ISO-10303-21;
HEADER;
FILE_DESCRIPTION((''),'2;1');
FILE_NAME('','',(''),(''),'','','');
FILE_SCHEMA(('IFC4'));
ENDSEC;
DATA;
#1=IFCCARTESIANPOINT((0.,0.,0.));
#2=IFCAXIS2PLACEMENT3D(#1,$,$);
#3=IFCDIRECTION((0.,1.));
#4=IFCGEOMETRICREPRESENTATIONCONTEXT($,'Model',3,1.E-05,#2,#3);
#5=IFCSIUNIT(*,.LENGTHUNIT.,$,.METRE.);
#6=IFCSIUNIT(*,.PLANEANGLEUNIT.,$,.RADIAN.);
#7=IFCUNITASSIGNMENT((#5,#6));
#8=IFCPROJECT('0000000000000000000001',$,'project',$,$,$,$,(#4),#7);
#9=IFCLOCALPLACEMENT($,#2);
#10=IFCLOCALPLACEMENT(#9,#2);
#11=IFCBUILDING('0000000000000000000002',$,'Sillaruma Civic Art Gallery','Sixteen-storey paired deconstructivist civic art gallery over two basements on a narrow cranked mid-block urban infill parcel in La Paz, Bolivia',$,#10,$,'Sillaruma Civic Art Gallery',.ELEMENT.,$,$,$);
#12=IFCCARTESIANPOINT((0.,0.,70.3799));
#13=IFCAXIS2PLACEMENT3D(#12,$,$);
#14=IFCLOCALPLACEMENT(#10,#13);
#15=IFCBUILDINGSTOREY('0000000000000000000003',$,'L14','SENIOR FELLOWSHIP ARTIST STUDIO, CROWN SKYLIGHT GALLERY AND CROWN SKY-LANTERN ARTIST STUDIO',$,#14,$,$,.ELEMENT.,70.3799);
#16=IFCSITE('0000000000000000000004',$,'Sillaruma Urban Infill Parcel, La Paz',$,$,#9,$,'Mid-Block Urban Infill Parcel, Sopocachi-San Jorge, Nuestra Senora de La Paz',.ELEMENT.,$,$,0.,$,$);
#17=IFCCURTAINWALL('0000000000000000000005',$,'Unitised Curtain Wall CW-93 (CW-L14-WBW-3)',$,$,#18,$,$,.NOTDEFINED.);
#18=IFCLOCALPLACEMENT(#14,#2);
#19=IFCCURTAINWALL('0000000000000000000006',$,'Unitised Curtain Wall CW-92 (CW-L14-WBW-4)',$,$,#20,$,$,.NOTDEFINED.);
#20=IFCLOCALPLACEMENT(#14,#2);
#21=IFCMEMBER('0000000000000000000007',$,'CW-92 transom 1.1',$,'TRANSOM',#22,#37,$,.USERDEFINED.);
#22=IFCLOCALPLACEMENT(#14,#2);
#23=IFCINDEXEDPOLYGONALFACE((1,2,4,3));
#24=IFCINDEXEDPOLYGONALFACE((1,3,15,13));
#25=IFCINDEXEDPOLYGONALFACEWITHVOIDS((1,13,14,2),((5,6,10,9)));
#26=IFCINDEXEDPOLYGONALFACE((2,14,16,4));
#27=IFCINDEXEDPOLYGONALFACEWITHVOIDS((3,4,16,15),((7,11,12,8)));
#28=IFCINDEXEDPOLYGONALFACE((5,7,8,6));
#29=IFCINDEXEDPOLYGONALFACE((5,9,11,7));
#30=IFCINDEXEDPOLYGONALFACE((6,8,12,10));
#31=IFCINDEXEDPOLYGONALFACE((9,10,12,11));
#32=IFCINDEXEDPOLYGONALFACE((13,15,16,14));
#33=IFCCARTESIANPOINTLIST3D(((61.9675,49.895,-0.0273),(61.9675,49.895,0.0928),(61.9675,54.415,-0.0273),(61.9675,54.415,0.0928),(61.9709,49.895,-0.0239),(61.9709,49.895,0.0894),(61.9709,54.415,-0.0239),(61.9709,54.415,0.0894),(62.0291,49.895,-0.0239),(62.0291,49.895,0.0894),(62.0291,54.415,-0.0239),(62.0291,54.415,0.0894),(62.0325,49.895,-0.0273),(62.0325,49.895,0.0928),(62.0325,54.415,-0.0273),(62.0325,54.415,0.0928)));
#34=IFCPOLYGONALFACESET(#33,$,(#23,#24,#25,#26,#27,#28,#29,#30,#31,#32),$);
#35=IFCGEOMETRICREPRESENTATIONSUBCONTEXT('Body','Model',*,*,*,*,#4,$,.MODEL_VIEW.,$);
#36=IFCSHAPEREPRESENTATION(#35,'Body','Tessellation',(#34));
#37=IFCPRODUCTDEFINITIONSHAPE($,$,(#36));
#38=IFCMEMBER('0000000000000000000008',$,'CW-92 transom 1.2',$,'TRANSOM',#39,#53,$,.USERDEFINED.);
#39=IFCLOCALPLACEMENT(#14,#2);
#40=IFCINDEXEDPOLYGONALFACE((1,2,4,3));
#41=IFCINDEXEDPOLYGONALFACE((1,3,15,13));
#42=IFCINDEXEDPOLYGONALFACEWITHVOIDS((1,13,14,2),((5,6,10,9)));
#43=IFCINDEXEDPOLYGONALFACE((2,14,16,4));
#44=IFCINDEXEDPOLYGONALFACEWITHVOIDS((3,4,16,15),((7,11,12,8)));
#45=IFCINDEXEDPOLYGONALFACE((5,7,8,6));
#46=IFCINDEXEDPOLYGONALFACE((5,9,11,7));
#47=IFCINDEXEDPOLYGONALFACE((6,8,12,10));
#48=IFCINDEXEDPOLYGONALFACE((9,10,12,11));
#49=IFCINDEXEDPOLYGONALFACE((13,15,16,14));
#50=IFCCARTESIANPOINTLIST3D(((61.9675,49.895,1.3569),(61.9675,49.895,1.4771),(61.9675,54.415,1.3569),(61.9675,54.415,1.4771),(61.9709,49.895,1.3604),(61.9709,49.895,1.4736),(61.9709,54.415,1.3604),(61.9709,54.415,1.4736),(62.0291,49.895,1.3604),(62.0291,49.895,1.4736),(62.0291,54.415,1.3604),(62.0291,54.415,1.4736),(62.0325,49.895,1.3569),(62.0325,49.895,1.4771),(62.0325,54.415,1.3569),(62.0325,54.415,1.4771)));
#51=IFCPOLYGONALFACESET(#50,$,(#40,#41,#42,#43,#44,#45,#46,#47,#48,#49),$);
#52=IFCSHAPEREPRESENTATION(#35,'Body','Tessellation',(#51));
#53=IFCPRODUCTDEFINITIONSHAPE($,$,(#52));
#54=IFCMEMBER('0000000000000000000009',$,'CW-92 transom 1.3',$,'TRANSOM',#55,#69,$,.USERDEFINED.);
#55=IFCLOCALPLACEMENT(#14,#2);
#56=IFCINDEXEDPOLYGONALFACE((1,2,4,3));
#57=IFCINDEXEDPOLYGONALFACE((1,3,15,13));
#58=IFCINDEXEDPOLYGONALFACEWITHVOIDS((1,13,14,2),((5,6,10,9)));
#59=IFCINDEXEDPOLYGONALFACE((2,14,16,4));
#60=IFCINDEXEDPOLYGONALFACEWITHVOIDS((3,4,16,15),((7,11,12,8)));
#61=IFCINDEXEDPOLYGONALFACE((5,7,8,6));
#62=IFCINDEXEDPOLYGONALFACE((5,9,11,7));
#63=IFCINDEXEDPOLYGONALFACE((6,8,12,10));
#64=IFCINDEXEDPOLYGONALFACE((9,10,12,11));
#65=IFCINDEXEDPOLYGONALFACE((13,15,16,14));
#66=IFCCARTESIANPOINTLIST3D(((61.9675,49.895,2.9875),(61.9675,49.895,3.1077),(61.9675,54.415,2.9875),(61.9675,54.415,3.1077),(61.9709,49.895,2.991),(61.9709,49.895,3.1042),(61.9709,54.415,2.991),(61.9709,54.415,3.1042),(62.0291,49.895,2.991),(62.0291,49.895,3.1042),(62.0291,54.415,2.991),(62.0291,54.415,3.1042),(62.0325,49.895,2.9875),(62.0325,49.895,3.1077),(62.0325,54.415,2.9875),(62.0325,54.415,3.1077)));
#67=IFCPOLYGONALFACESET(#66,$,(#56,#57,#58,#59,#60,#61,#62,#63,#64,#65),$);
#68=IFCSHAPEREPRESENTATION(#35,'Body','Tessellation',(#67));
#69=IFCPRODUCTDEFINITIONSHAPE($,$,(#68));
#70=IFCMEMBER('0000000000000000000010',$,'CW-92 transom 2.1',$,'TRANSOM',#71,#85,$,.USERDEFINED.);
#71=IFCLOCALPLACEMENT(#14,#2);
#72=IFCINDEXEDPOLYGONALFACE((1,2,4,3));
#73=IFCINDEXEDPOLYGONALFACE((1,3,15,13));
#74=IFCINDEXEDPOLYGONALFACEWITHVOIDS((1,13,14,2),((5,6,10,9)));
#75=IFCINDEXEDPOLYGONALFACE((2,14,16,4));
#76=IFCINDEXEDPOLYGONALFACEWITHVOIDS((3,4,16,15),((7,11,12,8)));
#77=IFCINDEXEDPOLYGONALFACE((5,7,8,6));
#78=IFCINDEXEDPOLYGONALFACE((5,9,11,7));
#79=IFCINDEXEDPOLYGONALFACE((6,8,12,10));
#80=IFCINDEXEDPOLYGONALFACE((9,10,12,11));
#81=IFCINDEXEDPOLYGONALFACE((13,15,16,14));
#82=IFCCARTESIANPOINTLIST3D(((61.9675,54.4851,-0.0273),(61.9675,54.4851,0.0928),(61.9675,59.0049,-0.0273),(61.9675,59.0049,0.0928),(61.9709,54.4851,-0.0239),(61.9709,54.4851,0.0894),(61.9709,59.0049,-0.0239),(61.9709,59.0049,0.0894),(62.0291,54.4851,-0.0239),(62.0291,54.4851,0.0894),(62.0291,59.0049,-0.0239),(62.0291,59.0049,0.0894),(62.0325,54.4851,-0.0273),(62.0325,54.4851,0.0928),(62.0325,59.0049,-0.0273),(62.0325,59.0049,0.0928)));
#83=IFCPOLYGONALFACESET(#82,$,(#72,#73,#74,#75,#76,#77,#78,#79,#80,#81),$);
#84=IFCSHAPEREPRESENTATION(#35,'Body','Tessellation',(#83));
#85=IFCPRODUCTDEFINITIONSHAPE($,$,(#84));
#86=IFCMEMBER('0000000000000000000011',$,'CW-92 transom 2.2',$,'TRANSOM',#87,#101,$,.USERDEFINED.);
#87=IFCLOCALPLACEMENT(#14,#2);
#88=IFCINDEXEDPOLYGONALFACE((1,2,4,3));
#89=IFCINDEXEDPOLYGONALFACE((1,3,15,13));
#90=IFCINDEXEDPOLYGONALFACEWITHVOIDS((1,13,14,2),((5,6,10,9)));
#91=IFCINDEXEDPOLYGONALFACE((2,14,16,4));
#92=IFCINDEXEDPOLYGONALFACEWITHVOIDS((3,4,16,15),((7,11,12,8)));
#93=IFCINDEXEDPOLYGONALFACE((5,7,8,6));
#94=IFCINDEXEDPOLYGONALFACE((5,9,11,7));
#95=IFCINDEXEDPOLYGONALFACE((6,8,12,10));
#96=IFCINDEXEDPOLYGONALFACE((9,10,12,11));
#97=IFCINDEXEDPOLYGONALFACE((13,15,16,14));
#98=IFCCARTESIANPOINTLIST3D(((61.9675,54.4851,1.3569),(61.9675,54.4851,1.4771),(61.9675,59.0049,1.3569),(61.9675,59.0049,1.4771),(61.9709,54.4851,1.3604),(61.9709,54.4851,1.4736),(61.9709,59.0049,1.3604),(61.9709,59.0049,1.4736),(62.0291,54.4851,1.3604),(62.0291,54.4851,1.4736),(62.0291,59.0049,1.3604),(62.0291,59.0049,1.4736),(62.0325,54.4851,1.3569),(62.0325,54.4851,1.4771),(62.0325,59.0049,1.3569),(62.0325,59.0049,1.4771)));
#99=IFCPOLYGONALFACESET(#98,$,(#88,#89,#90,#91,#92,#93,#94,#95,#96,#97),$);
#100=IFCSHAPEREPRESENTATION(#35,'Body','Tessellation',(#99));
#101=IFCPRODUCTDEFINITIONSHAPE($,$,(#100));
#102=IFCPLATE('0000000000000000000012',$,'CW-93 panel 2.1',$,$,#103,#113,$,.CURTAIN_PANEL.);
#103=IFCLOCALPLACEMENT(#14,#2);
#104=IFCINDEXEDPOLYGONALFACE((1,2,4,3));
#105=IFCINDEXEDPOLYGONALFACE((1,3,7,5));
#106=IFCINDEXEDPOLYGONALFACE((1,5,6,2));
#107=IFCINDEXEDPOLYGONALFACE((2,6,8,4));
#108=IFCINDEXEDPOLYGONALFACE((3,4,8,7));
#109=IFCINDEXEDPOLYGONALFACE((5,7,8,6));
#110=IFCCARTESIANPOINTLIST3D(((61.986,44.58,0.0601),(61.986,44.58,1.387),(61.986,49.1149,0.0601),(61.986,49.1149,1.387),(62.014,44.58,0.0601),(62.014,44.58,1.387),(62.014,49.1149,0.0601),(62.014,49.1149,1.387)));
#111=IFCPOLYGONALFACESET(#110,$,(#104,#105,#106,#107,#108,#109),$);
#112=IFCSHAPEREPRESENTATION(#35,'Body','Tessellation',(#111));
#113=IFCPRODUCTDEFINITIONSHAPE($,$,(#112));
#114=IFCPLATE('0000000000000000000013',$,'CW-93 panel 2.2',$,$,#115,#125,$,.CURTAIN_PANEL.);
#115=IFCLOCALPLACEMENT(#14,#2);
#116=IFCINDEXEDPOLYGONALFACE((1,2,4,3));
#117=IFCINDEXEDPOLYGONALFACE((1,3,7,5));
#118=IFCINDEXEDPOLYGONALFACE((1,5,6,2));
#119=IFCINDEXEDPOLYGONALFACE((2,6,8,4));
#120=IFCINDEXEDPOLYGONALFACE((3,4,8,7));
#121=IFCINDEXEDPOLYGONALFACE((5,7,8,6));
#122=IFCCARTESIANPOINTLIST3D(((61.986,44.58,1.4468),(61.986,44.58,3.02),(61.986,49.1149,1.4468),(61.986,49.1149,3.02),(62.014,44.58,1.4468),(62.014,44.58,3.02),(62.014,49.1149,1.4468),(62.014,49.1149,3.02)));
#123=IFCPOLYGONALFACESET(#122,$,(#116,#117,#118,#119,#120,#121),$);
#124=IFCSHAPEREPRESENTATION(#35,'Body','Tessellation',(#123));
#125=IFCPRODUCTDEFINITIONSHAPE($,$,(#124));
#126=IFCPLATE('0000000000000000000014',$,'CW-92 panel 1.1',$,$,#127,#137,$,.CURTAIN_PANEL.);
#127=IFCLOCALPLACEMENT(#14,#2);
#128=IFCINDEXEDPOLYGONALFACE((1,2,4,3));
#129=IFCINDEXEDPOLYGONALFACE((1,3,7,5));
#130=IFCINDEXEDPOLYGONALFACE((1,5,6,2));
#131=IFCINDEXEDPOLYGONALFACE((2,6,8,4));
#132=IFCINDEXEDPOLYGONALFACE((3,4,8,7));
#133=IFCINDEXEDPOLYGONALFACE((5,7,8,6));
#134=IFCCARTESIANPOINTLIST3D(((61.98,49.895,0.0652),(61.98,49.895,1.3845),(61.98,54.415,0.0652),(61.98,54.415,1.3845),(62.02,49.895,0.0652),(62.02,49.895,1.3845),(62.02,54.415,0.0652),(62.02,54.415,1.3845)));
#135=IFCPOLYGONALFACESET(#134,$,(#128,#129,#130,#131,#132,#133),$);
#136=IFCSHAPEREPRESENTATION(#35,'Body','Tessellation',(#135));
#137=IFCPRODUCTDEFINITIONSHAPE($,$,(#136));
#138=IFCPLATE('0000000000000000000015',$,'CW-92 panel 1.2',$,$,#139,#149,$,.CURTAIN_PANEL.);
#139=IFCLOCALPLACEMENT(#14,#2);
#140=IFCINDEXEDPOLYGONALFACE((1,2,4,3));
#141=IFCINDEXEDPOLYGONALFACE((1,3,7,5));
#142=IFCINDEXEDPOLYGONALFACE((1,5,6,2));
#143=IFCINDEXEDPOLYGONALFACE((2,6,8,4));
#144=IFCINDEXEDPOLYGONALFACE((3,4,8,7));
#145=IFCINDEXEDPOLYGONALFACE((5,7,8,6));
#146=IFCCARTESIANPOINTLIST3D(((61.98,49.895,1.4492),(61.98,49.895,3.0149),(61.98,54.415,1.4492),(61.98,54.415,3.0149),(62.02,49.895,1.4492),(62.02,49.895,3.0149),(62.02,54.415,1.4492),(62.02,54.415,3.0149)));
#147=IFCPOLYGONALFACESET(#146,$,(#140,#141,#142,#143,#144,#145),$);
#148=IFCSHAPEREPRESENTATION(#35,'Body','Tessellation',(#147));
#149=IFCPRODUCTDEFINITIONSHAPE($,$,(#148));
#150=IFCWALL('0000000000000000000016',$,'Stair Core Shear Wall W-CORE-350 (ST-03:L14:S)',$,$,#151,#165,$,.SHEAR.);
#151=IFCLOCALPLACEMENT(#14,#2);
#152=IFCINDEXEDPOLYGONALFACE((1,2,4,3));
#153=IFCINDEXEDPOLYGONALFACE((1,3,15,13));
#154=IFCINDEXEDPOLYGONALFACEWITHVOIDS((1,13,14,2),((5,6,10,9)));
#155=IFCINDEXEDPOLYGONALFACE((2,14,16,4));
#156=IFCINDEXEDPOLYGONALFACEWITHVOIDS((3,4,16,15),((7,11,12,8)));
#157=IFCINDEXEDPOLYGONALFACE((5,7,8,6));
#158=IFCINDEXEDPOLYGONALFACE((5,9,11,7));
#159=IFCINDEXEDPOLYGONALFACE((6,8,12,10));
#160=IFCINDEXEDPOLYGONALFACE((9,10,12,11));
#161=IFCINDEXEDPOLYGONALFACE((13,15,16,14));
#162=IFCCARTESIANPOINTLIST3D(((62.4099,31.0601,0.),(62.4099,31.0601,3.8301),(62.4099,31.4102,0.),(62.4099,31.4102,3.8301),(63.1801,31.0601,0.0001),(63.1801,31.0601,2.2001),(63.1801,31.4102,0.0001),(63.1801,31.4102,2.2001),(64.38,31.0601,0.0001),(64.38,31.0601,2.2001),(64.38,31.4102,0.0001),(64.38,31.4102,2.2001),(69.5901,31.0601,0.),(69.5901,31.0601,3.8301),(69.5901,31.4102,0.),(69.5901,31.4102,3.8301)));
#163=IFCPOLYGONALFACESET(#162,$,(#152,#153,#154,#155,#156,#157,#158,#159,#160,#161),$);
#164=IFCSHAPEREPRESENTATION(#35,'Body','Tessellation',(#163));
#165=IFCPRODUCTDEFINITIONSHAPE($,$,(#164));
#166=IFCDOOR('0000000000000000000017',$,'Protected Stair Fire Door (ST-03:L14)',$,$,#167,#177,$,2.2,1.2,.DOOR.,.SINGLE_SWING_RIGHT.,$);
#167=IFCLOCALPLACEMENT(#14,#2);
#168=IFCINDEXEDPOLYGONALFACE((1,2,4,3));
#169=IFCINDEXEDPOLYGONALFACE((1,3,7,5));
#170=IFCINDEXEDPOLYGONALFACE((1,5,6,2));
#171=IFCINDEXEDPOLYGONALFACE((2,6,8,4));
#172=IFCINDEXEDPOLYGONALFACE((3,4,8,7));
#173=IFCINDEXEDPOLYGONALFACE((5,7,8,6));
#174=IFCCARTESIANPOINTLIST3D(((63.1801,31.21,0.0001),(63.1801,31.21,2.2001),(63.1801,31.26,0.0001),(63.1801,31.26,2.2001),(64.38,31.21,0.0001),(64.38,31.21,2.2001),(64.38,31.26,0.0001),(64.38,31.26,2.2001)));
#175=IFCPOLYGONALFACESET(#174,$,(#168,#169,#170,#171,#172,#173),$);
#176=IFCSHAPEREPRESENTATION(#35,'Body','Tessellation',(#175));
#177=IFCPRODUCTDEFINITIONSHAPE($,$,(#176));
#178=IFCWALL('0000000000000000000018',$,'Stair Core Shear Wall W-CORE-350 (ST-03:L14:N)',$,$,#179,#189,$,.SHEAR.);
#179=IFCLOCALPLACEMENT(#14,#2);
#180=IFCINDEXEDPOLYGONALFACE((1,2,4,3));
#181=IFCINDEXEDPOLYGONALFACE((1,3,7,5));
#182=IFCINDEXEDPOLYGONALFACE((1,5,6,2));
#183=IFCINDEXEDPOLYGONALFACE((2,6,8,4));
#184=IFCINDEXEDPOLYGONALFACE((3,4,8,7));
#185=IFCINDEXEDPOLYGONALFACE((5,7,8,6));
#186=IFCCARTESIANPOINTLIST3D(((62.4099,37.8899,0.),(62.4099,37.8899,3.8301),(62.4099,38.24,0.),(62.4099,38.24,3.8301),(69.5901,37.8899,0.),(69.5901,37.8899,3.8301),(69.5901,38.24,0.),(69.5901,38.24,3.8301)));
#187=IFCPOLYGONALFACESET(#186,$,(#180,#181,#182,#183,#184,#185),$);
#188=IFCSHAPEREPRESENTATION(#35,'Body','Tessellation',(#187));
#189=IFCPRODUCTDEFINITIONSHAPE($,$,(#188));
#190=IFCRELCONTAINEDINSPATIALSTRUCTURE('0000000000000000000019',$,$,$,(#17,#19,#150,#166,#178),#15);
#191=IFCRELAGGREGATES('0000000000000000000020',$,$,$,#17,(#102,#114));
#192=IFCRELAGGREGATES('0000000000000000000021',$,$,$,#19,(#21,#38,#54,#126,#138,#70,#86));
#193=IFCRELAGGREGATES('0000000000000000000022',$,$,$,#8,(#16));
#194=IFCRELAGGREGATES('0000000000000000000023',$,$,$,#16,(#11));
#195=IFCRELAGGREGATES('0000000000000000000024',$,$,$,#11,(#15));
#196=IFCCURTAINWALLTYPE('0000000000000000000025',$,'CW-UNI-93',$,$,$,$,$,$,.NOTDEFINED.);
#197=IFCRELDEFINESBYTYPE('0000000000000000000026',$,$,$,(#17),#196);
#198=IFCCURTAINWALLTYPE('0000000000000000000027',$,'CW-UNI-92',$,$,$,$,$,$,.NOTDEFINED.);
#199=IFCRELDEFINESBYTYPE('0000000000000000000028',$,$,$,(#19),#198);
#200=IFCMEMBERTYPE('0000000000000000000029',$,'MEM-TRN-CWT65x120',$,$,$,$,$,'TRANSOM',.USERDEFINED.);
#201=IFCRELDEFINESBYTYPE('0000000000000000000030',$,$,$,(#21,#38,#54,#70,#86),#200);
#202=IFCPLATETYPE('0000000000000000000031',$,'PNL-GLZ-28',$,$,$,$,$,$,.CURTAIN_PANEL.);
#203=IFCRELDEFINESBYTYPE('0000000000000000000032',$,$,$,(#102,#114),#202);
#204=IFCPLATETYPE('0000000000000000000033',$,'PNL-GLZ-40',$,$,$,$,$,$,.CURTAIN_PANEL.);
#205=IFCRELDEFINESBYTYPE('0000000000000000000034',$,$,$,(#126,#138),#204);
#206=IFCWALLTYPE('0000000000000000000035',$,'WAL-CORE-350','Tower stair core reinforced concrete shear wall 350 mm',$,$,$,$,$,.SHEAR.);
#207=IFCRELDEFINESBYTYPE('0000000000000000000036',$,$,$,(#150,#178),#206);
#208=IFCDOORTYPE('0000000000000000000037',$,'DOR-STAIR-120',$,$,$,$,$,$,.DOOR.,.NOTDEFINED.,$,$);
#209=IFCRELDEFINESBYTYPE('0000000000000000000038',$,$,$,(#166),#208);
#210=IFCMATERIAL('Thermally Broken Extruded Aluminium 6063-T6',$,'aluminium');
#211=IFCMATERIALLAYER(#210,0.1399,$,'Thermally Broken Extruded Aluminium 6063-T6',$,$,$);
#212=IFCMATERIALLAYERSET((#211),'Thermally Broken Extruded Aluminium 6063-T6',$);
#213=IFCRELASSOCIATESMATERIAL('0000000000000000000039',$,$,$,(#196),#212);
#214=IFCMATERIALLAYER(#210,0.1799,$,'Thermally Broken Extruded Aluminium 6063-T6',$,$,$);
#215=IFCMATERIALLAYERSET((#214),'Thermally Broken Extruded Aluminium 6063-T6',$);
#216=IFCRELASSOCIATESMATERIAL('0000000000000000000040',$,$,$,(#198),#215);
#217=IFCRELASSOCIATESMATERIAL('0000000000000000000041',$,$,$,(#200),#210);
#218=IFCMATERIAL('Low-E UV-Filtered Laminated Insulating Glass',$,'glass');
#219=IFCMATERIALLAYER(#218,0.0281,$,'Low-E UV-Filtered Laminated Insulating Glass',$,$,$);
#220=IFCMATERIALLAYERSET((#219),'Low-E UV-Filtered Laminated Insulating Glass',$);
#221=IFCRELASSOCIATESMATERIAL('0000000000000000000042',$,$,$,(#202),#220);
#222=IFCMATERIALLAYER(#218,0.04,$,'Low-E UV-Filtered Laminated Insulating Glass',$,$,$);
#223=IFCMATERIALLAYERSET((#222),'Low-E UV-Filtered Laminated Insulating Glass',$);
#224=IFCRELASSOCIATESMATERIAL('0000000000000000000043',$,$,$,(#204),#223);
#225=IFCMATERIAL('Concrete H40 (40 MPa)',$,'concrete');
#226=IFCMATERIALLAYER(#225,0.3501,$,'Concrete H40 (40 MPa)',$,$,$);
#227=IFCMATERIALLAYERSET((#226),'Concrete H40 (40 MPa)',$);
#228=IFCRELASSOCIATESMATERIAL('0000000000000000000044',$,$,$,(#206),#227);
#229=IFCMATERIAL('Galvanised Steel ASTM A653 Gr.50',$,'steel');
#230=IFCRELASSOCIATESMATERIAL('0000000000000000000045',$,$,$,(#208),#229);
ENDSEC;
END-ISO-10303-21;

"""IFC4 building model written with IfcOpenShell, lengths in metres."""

from ifc_helpers import new_model, si_unit, direction, frame, frame_2d, origin, origin_2d, place, context, subcontext, project, spatial, rectangle, hollow_rectangle, extrude, material, layer, layer_set, material_profile, profile_set, type_object, element, fill, aggregate, save


model = new_model("IFC4")

# Units and contexts
model_context = context("Model", 3, precision=1e-05, world=origin(), true_north=direction((0.0, 1.0)))
body_context = subcontext(model_context, "Body", "Model", "MODEL_VIEW")
ifc_project = project(units=[si_unit("LENGTHUNIT", "METRE"), si_unit("PLANEANGLEUNIT", "RADIAN")], contexts=[model_context])

# Site, building, storey
site_placement = place(None, origin())
site = spatial("IfcSite", under=ifc_project, at=site_placement, Name="Sillaruma Urban Infill Parcel, La Paz", LongName="Mid-Block Urban Infill Parcel, Sopocachi-San Jorge, Nuestra Senora de La Paz", CompositionType="ELEMENT", RefElevation=0.0)
building_placement = place(site_placement, origin())
building = spatial("IfcBuilding", under=site, at=building_placement, Name="Sillaruma Civic Art Gallery", Description="Sixteen-storey paired deconstructivist civic art gallery over two basements on a narrow cranked mid-block urban infill parcel in La Paz, Bolivia", LongName="Sillaruma Civic Art Gallery", CompositionType="ELEMENT")
storey_placement = place(building_placement, frame((0.0, 0.0, 70.3799)))
storey = spatial("IfcBuildingStorey", under=building, at=storey_placement, Name="L14", Description="SENIOR FELLOWSHIP ARTIST STUDIO, CROWN SKYLIGHT GALLERY AND CROWN SKY-LANTERN ARTIST STUDIO", CompositionType="ELEMENT", Elevation=70.3799)

# Shared definitions
ifc_material_1 = material(Name="Concrete H40 (40 MPa)", Category="concrete")

# Curtain wall
ifc_material_2 = material(Name="Thermally Broken Extruded Aluminium 6063-T6", Category="aluminium")
ifc_layer_1 = layer(ifc_material_2, 0.1399, Name="Thermally Broken Extruded Aluminium 6063-T6")
ifc_layer_set_1 = layer_set([ifc_layer_1], Name="Thermally Broken Extruded Aluminium 6063-T6")
curtain_wall_type_1 = type_object("IfcCurtainWallType", Name="CW-UNI-93", PredefinedType="NOTDEFINED", material=ifc_layer_set_1)
curtain_wall_1_placement = place(storey_placement, origin())
curtain_wall_1 = element("IfcCurtainWall", 1, at=curtain_wall_1_placement, inside=storey, type_object=curtain_wall_type_1, Name="Unitised Curtain Wall CW-93 (CW-L14-WBW-3)", PredefinedType="NOTDEFINED")

# Curtain wall
ifc_layer_2 = layer(ifc_material_2, 0.1799, Name="Thermally Broken Extruded Aluminium 6063-T6")
ifc_layer_set_2 = layer_set([ifc_layer_2], Name="Thermally Broken Extruded Aluminium 6063-T6")
curtain_wall_type_2 = type_object("IfcCurtainWallType", Name="CW-UNI-92", PredefinedType="NOTDEFINED", material=ifc_layer_set_2)
curtain_wall_2_placement = place(storey_placement, origin())
curtain_wall_2 = element("IfcCurtainWall", 2, at=curtain_wall_2_placement, inside=storey, type_object=curtain_wall_type_2, Name="Unitised Curtain Wall CW-92 (CW-L14-WBW-4)", PredefinedType="NOTDEFINED")

# Members
ifc_material_profile_1 = material_profile(ifc_material_2, hollow_rectangle(XDim=0.0649, YDim=0.1201, WallThickness=0.0034, at=origin_2d()), Name="CWT65x120")
ifc_profile_set_1 = profile_set([ifc_material_profile_1], Name="Thermally Broken Extruded Aluminium 6063-T6")
member_type_1 = type_object("IfcMemberType", Name="MEM-TRN-CWT65x120", ElementType="TRANSOM", PredefinedType="USERDEFINED", material=ifc_profile_set_1)
member_1_placement = place(storey_placement, frame((62.0, 49.895, 0.0327), z_axis=(0.0, 1.0, 0.0), x_axis=(-1.0, 0.0, 0.0)))
member_1 = element("IfcMember", 3, at=member_1_placement, type_object=member_type_1, Name="CW-92 transom 1.1", ObjectType="TRANSOM", PredefinedType="USERDEFINED", context=body_context, shape_type="SweptSolid", body=[
    extrude(hollow_rectangle(XDim=0.0649, YDim=0.1201, WallThickness=0.0034, at=origin_2d()), origin(), (0.0, 0.0, 1.0), 4.52),
])
member_2_placement = place(storey_placement, frame((62.0, 49.895, 1.417), z_axis=(0.0, 1.0, 0.0), x_axis=(-1.0, 0.0, 0.0)))
member_2 = element("IfcMember", 4, at=member_2_placement, type_object=member_type_1, Name="CW-92 transom 1.2", ObjectType="TRANSOM", PredefinedType="USERDEFINED", context=body_context, shape_type="SweptSolid", body=[
    extrude(hollow_rectangle(XDim=0.0649, YDim=0.1201, WallThickness=0.0034, at=origin_2d()), origin(), (0.0, 0.0, 1.0), 4.52),
])
member_3_placement = place(storey_placement, frame((62.0, 49.895, 3.0476), z_axis=(0.0, 1.0, 0.0), x_axis=(-1.0, 0.0, 0.0)))
member_3 = element("IfcMember", 5, at=member_3_placement, type_object=member_type_1, Name="CW-92 transom 1.3", ObjectType="TRANSOM", PredefinedType="USERDEFINED", context=body_context, shape_type="SweptSolid", body=[
    extrude(hollow_rectangle(XDim=0.0649, YDim=0.1201, WallThickness=0.0034, at=origin_2d()), origin(), (0.0, 0.0, 1.0), 4.52),
])
member_4_placement = place(storey_placement, frame((62.0, 54.4851, 0.0327), z_axis=(0.0, 1.0, 0.0), x_axis=(-1.0, 0.0, 0.0)))
member_4 = element("IfcMember", 6, at=member_4_placement, type_object=member_type_1, Name="CW-92 transom 2.1", ObjectType="TRANSOM", PredefinedType="USERDEFINED", context=body_context, shape_type="SweptSolid", body=[
    extrude(hollow_rectangle(XDim=0.0649, YDim=0.1201, WallThickness=0.0034, at=origin_2d()), origin(), (0.0, 0.0, 1.0), 4.5198),
])
member_5_placement = place(storey_placement, frame((62.0, 54.4851, 1.417), z_axis=(0.0, 1.0, 0.0), x_axis=(-1.0, 0.0, 0.0)))
member_5 = element("IfcMember", 7, at=member_5_placement, type_object=member_type_1, Name="CW-92 transom 2.2", ObjectType="TRANSOM", PredefinedType="USERDEFINED", context=body_context, shape_type="SweptSolid", body=[
    extrude(hollow_rectangle(XDim=0.0649, YDim=0.1201, WallThickness=0.0034, at=origin_2d()), origin(), (0.0, 0.0, 1.0), 4.5198),
])

# Plates
ifc_material_3 = material(Name="Low-E UV-Filtered Laminated Insulating Glass", Category="glass")
ifc_layer_3 = layer(ifc_material_3, 0.0281, Name="Low-E UV-Filtered Laminated Insulating Glass")
ifc_layer_set_3 = layer_set([ifc_layer_3], Name="Low-E UV-Filtered Laminated Insulating Glass")
plate_type_1 = type_object("IfcPlateType", Name="PNL-GLZ-28", PredefinedType="CURTAIN_PANEL", material=ifc_layer_set_3)
plate_1_placement = place(storey_placement, frame((62.0, 46.8474, 0.0601), z_axis=(0.0, 0.0, 1.0), x_axis=(0.0, 1.0, 0.0)))
plate_1 = element("IfcPlate", 8, at=plate_1_placement, type_object=plate_type_1, Name="CW-93 panel 2.1", PredefinedType="CURTAIN_PANEL", context=body_context, shape_type="SweptSolid", body=[
    extrude(rectangle(XDim=4.5349, YDim=0.0281, at=origin_2d()), origin(), (0.0, 0.0, 1.0), 1.3269),
])
plate_2_placement = place(storey_placement, frame((62.0, 46.8474, 1.4468), z_axis=(0.0, 0.0, 1.0), x_axis=(0.0, 1.0, 0.0)))
plate_2 = element("IfcPlate", 9, at=plate_2_placement, type_object=plate_type_1, Name="CW-93 panel 2.2", PredefinedType="CURTAIN_PANEL", context=body_context, shape_type="SweptSolid", body=[
    extrude(rectangle(XDim=4.5349, YDim=0.0281, at=origin_2d()), origin(), (0.0, 0.0, 1.0), 1.5732),
])
aggregate(curtain_wall_1, [plate_1, plate_2])
ifc_layer_4 = layer(ifc_material_3, 0.04, Name="Low-E UV-Filtered Laminated Insulating Glass")
ifc_layer_set_4 = layer_set([ifc_layer_4], Name="Low-E UV-Filtered Laminated Insulating Glass")
plate_type_2 = type_object("IfcPlateType", Name="PNL-GLZ-40", PredefinedType="CURTAIN_PANEL", material=ifc_layer_set_4)
plate_3_placement = place(storey_placement, frame((62.0, 52.155, 0.0652), z_axis=(0.0, 0.0, 1.0), x_axis=(0.0, 1.0, 0.0)))
plate_3 = element("IfcPlate", 10, at=plate_3_placement, type_object=plate_type_2, Name="CW-92 panel 1.1", PredefinedType="CURTAIN_PANEL", context=body_context, shape_type="SweptSolid", body=[
    extrude(rectangle(XDim=4.52, YDim=0.04, at=origin_2d()), origin(), (0.0, 0.0, 1.0), 1.3193),
])
plate_4_placement = place(storey_placement, frame((62.0, 52.155, 1.4492), z_axis=(0.0, 0.0, 1.0), x_axis=(0.0, 1.0, 0.0)))
plate_4 = element("IfcPlate", 11, at=plate_4_placement, type_object=plate_type_2, Name="CW-92 panel 1.2", PredefinedType="CURTAIN_PANEL", context=body_context, shape_type="SweptSolid", body=[
    extrude(rectangle(XDim=4.52, YDim=0.04, at=origin_2d()), origin(), (0.0, 0.0, 1.0), 1.5657),
])
aggregate(curtain_wall_2, [member_1, member_2, member_3, plate_3, plate_4, member_4, member_5])

# Wall, opening, door
ifc_layer_5 = layer(ifc_material_1, 0.3501, Name="Concrete H40 (40 MPa)")
ifc_layer_set_5 = layer_set([ifc_layer_5], Name="Concrete H40 (40 MPa)")
wall_type_1 = type_object("IfcWallType", Name="WAL-CORE-350", Description="Tower stair core reinforced concrete shear wall 350 mm", PredefinedType="SHEAR", material=ifc_layer_set_5)
wall_1_placement = place(storey_placement, frame((62.4099, 31.2351, 0.0), z_axis=(0.0, 0.0, 1.0), x_axis=(1.0, 0.0, 0.0)))
wall_1 = element("IfcWall", 12, at=wall_1_placement, inside=storey, type_object=wall_type_1, Name="Stair Core Shear Wall W-CORE-350 (ST-03:L14:S)", PredefinedType="SHEAR", context=body_context, shape_type="SweptSolid", body=[
    extrude(rectangle(XDim=7.1802, YDim=0.3501, at=frame_2d((3.5901, 0.0))), origin(), (0.0, 0.0, 1.0), 3.8301),
])
opening_placement = place(wall_1_placement, frame((0.77, 0.0, 0.0)))
opening = element("IfcOpeningElement", 13, at=opening_placement, cuts=wall_1, PredefinedType="OPENING", context=body_context, shape_type="SweptSolid", body=[
    extrude(rectangle(XDim=1.2, YDim=2.2, at=frame_2d((0.6001, 1.1001))), frame((0.0, 0.1851, 0.0), z_axis=(0.0, -1.0, 0.0), x_axis=(1.0, 0.0, 0.0)), (0.0, 0.0, 1.0), 0.3701),
])
ifc_material_4 = material(Name="Galvanised Steel ASTM A653 Gr.50", Category="steel")
door_type = type_object("IfcDoorType", Name="DOR-STAIR-120", OperationType="NOTDEFINED", PredefinedType="DOOR", material=ifc_material_4)
door_placement = place(opening_placement, origin())
door = element("IfcDoor", 14, at=door_placement, inside=storey, type_object=door_type, Name="Protected Stair Fire Door (ST-03:L14)", OperationType="SINGLE_SWING_RIGHT", OverallHeight=2.2, OverallWidth=1.2, PredefinedType="DOOR", context=body_context, shape_type="SweptSolid", body=[
    extrude(rectangle(XDim=1.2, YDim=2.2, at=frame_2d((0.6001, 1.1001))), frame((0.0, 0.0249, 0.0), z_axis=(0.0, -1.0, 0.0), x_axis=(1.0, 0.0, 0.0)), (0.0, 0.0, 1.0), 0.05),
])
fill(opening, door)

# Wall
wall_2_placement = place(storey_placement, frame((62.4099, 38.0649, 0.0), z_axis=(0.0, 0.0, 1.0), x_axis=(1.0, 0.0, 0.0)))
element("IfcWall", 15, at=wall_2_placement, inside=storey, type_object=wall_type_1, Name="Stair Core Shear Wall W-CORE-350 (ST-03:L14:N)", PredefinedType="SHEAR", context=body_context, shape_type="SweptSolid", body=[
    extrude(rectangle(XDim=7.1802, YDim=0.3501, at=frame_2d((3.5901, 0.0))), origin(), (0.0, 0.0, 1.0), 3.8301),
])

save(model, "model.ifc")
